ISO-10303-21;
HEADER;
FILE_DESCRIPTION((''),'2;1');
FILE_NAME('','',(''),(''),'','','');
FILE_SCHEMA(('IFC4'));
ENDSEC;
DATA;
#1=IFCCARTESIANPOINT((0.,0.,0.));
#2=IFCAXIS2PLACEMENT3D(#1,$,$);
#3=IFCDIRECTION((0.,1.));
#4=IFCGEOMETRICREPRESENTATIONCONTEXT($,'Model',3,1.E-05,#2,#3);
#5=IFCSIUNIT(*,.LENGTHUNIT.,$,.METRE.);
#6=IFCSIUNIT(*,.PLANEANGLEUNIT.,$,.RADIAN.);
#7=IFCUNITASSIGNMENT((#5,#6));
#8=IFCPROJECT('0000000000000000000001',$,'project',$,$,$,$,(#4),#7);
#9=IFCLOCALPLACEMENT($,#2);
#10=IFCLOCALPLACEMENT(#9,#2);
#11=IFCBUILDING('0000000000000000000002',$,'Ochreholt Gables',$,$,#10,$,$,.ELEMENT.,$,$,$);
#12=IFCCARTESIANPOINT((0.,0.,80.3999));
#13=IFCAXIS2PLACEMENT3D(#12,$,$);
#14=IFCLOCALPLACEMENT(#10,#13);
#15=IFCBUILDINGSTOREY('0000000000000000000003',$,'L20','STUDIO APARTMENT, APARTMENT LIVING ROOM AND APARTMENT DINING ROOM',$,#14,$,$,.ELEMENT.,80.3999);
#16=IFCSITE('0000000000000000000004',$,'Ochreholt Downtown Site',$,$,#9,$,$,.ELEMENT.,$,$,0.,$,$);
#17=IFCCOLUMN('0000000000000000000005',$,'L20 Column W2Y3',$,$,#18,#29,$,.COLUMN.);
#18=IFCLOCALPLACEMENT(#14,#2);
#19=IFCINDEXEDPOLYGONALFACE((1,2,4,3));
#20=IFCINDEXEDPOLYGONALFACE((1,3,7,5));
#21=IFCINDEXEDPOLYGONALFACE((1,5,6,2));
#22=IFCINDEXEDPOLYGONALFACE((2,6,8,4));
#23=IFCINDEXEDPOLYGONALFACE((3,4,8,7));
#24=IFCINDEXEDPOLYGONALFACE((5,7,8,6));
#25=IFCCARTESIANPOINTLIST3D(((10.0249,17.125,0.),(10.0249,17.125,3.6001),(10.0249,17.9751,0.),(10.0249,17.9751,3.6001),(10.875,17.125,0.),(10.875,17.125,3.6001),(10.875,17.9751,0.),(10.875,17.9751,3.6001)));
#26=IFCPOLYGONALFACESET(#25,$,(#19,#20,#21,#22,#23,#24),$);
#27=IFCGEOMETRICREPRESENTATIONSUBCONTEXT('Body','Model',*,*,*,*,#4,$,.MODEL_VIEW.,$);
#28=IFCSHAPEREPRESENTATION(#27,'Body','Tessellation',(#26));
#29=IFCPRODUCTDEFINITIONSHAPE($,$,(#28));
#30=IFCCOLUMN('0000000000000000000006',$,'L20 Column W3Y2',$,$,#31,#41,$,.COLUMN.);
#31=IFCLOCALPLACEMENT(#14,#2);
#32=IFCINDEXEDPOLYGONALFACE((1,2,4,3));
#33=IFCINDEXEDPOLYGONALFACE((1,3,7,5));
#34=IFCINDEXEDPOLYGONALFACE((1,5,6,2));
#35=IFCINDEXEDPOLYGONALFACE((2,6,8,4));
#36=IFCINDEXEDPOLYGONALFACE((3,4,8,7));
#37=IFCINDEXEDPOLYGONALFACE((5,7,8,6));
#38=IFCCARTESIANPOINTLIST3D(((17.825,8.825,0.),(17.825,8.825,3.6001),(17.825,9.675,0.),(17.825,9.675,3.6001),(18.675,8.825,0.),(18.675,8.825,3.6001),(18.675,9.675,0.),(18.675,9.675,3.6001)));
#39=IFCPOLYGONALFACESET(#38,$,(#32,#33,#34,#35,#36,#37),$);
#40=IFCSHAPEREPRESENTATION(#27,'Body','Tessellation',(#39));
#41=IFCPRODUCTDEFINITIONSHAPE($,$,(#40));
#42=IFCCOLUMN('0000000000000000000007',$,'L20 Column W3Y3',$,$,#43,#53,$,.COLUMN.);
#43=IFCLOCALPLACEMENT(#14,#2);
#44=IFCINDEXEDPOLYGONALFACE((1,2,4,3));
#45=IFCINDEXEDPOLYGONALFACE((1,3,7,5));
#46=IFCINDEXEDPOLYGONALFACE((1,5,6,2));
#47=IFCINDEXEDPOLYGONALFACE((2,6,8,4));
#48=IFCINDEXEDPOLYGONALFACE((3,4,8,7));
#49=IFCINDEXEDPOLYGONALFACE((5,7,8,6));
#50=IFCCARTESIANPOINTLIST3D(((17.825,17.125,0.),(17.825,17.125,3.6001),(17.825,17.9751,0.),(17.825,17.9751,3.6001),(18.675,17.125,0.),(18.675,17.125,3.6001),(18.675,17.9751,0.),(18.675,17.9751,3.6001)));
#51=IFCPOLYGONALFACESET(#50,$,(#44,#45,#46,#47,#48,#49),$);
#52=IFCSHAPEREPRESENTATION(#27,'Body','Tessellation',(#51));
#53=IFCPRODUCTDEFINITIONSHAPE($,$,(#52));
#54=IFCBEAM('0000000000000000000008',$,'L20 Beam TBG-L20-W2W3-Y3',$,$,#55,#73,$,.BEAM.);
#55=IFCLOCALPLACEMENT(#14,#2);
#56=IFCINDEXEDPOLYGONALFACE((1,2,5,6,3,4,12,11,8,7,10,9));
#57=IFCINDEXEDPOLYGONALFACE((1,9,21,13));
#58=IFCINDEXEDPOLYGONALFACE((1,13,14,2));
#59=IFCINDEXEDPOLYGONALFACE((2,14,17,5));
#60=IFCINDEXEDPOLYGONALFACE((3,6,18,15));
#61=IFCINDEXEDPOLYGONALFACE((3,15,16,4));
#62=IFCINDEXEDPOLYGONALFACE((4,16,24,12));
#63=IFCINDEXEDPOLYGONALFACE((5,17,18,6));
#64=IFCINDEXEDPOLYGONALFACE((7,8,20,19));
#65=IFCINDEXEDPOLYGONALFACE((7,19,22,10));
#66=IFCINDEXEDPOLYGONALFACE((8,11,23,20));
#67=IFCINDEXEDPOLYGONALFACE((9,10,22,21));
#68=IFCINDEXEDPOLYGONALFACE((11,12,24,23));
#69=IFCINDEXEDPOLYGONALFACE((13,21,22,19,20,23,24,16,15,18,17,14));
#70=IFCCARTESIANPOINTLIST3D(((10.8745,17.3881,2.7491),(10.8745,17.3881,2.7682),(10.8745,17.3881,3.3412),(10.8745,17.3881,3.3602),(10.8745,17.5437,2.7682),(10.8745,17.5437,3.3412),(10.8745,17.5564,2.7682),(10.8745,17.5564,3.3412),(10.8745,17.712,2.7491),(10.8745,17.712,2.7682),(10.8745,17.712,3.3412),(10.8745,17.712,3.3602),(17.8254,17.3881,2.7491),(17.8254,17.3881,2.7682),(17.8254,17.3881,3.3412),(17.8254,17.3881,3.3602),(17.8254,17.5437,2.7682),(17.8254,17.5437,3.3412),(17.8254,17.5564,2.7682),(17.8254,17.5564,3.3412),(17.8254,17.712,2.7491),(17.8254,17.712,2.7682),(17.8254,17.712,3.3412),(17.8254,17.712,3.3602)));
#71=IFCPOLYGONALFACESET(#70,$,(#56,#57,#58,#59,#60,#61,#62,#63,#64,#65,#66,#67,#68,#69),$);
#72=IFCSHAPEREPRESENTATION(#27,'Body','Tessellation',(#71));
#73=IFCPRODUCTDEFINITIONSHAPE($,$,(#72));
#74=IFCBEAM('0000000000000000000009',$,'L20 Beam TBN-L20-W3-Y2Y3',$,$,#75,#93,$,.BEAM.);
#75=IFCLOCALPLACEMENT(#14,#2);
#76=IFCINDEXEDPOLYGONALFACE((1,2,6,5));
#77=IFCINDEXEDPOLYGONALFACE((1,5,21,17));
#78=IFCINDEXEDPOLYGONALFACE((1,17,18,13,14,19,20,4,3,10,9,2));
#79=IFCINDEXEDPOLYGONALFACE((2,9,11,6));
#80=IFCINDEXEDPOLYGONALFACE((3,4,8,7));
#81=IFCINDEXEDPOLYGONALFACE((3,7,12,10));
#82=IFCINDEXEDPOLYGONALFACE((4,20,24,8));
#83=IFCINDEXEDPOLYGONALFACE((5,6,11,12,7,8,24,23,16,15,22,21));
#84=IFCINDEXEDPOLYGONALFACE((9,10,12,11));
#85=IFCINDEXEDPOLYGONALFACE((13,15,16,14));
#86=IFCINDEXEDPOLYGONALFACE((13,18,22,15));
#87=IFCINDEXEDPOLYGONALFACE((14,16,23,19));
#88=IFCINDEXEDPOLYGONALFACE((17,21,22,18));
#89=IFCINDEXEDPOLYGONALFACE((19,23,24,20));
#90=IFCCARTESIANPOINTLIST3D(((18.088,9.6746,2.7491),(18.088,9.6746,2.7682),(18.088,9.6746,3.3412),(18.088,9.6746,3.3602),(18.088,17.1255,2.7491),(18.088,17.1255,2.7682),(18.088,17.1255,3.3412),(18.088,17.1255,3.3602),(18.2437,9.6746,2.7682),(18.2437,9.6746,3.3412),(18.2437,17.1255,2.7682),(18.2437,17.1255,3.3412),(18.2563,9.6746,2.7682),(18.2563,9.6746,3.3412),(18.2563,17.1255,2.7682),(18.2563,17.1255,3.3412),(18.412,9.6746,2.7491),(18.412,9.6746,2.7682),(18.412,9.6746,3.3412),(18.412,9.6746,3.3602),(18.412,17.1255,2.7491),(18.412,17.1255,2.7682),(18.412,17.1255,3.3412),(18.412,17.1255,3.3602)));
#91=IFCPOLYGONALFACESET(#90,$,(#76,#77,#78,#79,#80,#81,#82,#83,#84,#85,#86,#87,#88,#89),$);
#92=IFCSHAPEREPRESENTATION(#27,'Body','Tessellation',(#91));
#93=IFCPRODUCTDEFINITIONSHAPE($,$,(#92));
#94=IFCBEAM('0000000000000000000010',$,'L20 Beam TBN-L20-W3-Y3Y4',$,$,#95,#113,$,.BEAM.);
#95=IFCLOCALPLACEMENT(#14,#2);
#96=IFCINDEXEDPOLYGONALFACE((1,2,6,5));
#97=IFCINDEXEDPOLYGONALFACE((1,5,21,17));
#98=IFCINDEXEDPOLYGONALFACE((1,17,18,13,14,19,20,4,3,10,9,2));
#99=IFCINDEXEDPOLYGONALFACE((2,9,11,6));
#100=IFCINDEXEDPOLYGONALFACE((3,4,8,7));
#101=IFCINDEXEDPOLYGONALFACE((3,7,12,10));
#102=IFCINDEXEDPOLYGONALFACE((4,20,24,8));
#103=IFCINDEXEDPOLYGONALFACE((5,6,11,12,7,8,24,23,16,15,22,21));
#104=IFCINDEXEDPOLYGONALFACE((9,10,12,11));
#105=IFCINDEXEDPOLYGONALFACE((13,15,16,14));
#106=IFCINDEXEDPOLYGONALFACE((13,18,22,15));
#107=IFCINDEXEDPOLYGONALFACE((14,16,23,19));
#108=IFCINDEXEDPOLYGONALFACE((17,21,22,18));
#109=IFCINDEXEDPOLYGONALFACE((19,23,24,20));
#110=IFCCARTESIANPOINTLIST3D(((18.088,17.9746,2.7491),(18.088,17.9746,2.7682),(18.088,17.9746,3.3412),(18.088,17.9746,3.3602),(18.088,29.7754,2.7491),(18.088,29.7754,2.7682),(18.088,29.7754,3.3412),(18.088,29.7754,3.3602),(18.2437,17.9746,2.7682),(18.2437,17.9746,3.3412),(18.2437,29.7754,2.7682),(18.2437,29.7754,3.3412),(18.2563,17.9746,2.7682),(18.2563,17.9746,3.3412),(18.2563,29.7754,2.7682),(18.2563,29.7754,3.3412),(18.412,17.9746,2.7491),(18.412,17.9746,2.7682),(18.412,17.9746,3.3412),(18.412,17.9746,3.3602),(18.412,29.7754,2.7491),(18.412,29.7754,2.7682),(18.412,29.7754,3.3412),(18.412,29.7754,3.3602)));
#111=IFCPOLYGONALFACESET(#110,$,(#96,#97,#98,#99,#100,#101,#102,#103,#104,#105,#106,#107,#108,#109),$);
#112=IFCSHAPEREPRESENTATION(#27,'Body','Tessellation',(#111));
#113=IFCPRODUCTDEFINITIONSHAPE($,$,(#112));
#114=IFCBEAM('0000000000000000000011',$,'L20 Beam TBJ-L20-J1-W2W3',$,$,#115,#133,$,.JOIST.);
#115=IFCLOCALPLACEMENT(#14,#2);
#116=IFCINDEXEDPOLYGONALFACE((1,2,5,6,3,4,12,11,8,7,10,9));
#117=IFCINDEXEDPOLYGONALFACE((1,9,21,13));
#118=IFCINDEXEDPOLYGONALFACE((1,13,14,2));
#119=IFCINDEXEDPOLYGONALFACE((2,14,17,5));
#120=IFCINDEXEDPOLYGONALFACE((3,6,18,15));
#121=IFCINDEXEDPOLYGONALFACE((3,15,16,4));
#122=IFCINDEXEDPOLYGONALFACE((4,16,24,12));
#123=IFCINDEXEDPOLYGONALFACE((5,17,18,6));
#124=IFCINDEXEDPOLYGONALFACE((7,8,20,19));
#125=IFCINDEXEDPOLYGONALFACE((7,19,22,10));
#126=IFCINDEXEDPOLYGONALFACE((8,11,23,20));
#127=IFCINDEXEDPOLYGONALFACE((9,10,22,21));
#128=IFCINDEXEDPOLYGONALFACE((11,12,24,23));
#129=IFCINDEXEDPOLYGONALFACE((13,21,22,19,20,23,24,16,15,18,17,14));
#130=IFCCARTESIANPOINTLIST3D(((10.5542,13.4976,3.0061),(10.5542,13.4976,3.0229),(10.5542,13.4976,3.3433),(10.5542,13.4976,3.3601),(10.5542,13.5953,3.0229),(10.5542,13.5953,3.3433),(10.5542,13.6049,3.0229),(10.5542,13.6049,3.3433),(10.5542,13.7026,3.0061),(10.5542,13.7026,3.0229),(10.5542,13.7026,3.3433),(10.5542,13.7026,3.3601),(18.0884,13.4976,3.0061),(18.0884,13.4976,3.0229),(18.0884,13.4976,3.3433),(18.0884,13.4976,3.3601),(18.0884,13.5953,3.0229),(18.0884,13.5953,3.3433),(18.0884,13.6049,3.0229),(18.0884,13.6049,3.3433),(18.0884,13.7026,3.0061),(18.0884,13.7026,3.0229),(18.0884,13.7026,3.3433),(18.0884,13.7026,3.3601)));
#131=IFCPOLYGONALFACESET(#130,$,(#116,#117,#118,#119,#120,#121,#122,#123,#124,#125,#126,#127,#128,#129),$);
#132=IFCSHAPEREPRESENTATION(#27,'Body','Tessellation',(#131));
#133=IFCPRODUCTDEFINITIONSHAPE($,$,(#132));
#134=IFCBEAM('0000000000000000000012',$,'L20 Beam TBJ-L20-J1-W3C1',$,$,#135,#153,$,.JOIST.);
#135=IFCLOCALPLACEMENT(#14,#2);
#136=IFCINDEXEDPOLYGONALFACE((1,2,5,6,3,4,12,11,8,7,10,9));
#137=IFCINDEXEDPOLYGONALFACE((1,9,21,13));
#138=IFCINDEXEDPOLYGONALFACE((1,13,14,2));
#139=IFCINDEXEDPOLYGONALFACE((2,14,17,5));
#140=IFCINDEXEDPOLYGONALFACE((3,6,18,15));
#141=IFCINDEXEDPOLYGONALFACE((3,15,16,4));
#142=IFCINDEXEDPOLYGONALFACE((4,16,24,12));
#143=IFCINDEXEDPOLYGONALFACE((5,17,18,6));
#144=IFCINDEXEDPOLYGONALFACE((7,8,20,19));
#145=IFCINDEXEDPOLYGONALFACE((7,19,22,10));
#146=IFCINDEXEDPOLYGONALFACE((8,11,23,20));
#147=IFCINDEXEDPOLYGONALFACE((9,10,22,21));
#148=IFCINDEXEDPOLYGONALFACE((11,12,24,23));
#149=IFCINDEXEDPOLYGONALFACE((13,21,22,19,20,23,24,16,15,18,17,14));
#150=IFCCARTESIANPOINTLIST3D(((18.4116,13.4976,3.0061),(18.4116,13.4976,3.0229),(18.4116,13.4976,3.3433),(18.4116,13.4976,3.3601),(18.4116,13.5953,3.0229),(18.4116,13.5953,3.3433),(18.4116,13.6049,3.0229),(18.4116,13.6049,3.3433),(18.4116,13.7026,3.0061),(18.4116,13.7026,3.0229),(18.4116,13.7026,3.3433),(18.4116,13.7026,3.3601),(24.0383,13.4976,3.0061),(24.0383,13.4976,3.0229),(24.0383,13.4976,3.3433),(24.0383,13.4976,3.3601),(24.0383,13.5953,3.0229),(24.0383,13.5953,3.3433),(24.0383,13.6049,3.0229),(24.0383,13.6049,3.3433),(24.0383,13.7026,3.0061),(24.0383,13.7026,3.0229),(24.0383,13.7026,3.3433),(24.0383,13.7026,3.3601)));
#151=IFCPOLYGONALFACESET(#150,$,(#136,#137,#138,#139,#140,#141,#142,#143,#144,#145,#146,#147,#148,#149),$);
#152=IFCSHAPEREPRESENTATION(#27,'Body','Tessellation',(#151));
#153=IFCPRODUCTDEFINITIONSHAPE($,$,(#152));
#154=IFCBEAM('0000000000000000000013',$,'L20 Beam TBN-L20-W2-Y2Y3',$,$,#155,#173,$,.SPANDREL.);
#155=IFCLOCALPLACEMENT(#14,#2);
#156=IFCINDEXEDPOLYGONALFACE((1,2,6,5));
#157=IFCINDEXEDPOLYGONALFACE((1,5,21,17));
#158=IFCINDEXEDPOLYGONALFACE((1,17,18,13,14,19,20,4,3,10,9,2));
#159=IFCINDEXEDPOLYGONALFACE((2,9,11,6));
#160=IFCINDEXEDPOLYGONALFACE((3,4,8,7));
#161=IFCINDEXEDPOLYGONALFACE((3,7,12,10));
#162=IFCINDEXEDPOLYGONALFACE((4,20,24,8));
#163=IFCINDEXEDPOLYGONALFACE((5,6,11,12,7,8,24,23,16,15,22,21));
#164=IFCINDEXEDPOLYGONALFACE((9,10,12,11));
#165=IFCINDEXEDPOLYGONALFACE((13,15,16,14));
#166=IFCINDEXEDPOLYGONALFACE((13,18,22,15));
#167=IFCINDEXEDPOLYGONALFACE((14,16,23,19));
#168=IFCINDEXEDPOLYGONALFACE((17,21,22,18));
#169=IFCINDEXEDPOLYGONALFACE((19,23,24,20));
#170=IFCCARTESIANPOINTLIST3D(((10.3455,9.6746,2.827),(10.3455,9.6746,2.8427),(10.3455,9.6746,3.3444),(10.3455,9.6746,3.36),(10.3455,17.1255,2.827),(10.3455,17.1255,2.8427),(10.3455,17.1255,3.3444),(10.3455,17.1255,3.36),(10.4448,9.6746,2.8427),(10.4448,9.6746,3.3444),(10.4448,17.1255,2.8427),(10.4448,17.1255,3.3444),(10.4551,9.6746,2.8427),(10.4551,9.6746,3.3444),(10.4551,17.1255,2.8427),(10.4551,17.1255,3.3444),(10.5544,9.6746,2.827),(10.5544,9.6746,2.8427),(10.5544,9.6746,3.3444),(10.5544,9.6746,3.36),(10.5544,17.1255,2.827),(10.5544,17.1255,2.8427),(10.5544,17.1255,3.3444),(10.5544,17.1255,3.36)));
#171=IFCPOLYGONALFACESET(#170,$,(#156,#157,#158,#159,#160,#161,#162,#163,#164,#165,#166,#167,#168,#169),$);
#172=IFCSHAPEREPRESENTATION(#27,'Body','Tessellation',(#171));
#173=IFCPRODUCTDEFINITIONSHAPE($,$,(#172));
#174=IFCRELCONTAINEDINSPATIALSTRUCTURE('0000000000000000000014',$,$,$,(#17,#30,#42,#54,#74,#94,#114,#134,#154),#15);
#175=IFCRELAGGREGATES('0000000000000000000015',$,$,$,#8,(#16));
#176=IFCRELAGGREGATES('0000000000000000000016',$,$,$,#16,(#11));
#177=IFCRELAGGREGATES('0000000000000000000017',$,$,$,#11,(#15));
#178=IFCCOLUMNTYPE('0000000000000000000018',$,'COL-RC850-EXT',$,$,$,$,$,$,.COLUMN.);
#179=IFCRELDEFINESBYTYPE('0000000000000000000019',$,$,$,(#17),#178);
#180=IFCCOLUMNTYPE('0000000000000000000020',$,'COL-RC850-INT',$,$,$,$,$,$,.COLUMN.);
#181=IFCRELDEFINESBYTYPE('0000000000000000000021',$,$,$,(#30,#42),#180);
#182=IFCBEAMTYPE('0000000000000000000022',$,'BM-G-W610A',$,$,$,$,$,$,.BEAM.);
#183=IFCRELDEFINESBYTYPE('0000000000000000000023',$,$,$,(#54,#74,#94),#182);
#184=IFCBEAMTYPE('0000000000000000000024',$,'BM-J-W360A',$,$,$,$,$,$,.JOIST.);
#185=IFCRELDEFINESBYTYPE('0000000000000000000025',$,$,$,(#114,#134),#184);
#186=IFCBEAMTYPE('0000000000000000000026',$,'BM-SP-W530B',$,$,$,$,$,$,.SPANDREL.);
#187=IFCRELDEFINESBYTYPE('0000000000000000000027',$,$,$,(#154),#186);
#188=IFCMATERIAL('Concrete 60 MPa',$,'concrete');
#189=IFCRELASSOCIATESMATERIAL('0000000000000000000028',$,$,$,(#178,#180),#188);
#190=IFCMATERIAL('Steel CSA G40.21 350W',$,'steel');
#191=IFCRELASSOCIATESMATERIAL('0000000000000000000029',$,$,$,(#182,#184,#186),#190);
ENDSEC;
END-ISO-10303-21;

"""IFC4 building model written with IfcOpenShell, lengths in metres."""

from ifc_helpers import new_model, si_unit, direction, frame, origin, origin_2d, place, context, subcontext, project, spatial, rectangle, i_section, extrude, material, material_profile, profile_set, type_object, element, save


model = new_model("IFC4")

# Units and contexts
model_context = context("Model", 3, precision=1e-05, world=origin(), true_north=direction((0.0, 1.0)))
body_context = subcontext(model_context, "Body", "Model", "MODEL_VIEW")
ifc_project = project(units=[si_unit("LENGTHUNIT", "METRE"), si_unit("PLANEANGLEUNIT", "RADIAN")], contexts=[model_context])

# Site, building, storey
site_placement = place(None, origin())
site = spatial("IfcSite", under=ifc_project, at=site_placement, Name="Ochreholt Downtown Site", CompositionType="ELEMENT", RefElevation=0.0)
building_placement = place(site_placement, origin())
building = spatial("IfcBuilding", under=site, at=building_placement, Name="Ochreholt Gables", CompositionType="ELEMENT")
storey_placement = place(building_placement, frame((0.0, 0.0, 80.3999)))
storey = spatial("IfcBuildingStorey", under=building, at=storey_placement, Name="L20", Description="STUDIO APARTMENT, APARTMENT LIVING ROOM AND APARTMENT DINING ROOM", CompositionType="ELEMENT", Elevation=80.3999)

# Columns
ifc_material_1 = material(Name="Concrete 60 MPa", Category="concrete")
ifc_material_profile_1 = material_profile(ifc_material_1, rectangle(XDim=0.8501, YDim=0.8501, at=origin_2d()), Name="RC850X850")
ifc_profile_set_1 = profile_set([ifc_material_profile_1], Name="Concrete 60 MPa")
column_type_1 = type_object("IfcColumnType", Name="COL-RC850-EXT", PredefinedType="COLUMN", material=ifc_profile_set_1)
column_placement = place(storey_placement, frame((10.45, 17.55, 0.0), z_axis=(0.0, 0.0, 1.0), x_axis=(1.0, 0.0, 0.0)))
element("IfcColumn", 1, at=column_placement, inside=storey, type_object=column_type_1, Name="L20 Column W2Y3", PredefinedType="COLUMN", context=body_context, shape_type="SweptSolid", body=[
    extrude(rectangle(XDim=0.8501, YDim=0.8501, at=origin_2d()), origin(), (0.0, 0.0, 1.0), 3.6001),
])
ifc_material_profile_2 = material_profile(ifc_material_1, rectangle(XDim=0.8501, YDim=0.8501, at=origin_2d()), Name="RC850X850")
ifc_profile_set_2 = profile_set([ifc_material_profile_2], Name="Concrete 60 MPa")
column_type_2 = type_object("IfcColumnType", Name="COL-RC850-INT", PredefinedType="COLUMN", material=ifc_profile_set_2)
for number, where, z_axis, x_axis, name in (
    (2, (18.25, 9.25, 0.0), (0.0, 0.0, 1.0), (1.0, 0.0, 0.0), "L20 Column W3Y2"),
    (3, (18.25, 17.55, 0.0), (0.0, 0.0, 1.0), (1.0, 0.0, 0.0), "L20 Column W3Y3"),
):
    element("IfcColumn", number, at=place(storey_placement, frame(where, z_axis=z_axis, x_axis=x_axis)), inside=storey, type_object=column_type_2, Name=name, PredefinedType="COLUMN", context=body_context, shape_type="SweptSolid", body=[
        extrude(rectangle(XDim=0.8501, YDim=0.8501, at=origin_2d()), origin(), (0.0, 0.0, 1.0), 3.6001),
    ])

# Beams
ifc_material_2 = material(Name="Steel CSA G40.21 350W", Category="steel")
ifc_material_profile_3 = material_profile(ifc_material_2, i_section(OverallWidth=0.324, OverallDepth=0.6111, WebThickness=0.0127, FlangeThickness=0.019, at=origin_2d()), Name="W610X155")
ifc_profile_set_3 = profile_set([ifc_material_profile_3], Name="Steel CSA G40.21 350W")
beam_type_1 = type_object("IfcBeamType", Name="BM-G-W610A", PredefinedType="BEAM", material=ifc_profile_set_3)
beam_1_placement = place(storey_placement, frame((10.8745, 17.55, 3.0547), z_axis=(1.0, 0.0, 0.0), x_axis=(0.0, 1.0, 0.0)))
element("IfcBeam", 4, at=beam_1_placement, inside=storey, type_object=beam_type_1, Name="L20 Beam TBG-L20-W2W3-Y3", PredefinedType="BEAM", context=body_context, shape_type="SweptSolid", body=[
    extrude(i_section(OverallWidth=0.324, OverallDepth=0.6111, WebThickness=0.0127, FlangeThickness=0.019, at=origin_2d()), origin(), (0.0, 0.0, 1.0), 6.9509),
])
beam_2_placement = place(storey_placement, frame((18.25, 9.6746, 3.0547), z_axis=(0.0, 1.0, 0.0), x_axis=(-1.0, 0.0, 0.0)))
element("IfcBeam", 5, at=beam_2_placement, inside=storey, type_object=beam_type_1, Name="L20 Beam TBN-L20-W3-Y2Y3", PredefinedType="BEAM", context=body_context, shape_type="SweptSolid", body=[
    extrude(i_section(OverallWidth=0.324, OverallDepth=0.6111, WebThickness=0.0127, FlangeThickness=0.019, at=origin_2d()), origin(), (0.0, 0.0, 1.0), 7.4509),
])
beam_3_placement = place(storey_placement, frame((18.25, 17.9746, 3.0547), z_axis=(0.0, 1.0, 0.0), x_axis=(-1.0, 0.0, 0.0)))
element("IfcBeam", 6, at=beam_3_placement, inside=storey, type_object=beam_type_1, Name="L20 Beam TBN-L20-W3-Y3Y4", PredefinedType="BEAM", context=body_context, shape_type="SweptSolid", body=[
    extrude(i_section(OverallWidth=0.324, OverallDepth=0.6111, WebThickness=0.0127, FlangeThickness=0.019, at=origin_2d()), origin(), (0.0, 0.0, 1.0), 11.8008),
])
ifc_material_profile_4 = material_profile(ifc_material_2, i_section(OverallWidth=0.2051, OverallDepth=0.354, WebThickness=0.0095, FlangeThickness=0.0168, at=origin_2d()), Name="W360X79")
ifc_profile_set_4 = profile_set([ifc_material_profile_4], Name="Steel CSA G40.21 350W")
beam_type_2 = type_object("IfcBeamType", Name="BM-J-W360A", PredefinedType="JOIST", material=ifc_profile_set_4)
beam_4_placement = place(storey_placement, frame((10.5542, 13.6001, 3.1831), z_axis=(1.0, 0.0, 0.0), x_axis=(0.0, 1.0, 0.0)))
element("IfcBeam", 7, at=beam_4_placement, inside=storey, type_object=beam_type_2, Name="L20 Beam TBJ-L20-J1-W2W3", PredefinedType="JOIST", context=body_context, shape_type="SweptSolid", body=[
    extrude(i_section(OverallWidth=0.2051, OverallDepth=0.354, WebThickness=0.0095, FlangeThickness=0.0168, at=origin_2d()), origin(), (0.0, 0.0, 1.0), 7.5342),
])
beam_5_placement = place(storey_placement, frame((18.4116, 13.6001, 3.1831), z_axis=(1.0, 0.0, 0.0), x_axis=(0.0, 1.0, 0.0)))
element("IfcBeam", 8, at=beam_5_placement, inside=storey, type_object=beam_type_2, Name="L20 Beam TBJ-L20-J1-W3C1", PredefinedType="JOIST", context=body_context, shape_type="SweptSolid", body=[
    extrude(i_section(OverallWidth=0.2051, OverallDepth=0.354, WebThickness=0.0095, FlangeThickness=0.0168, at=origin_2d()), origin(), (0.0, 0.0, 1.0), 5.6267),
])
ifc_material_profile_5 = material_profile(ifc_material_2, i_section(OverallWidth=0.209, OverallDepth=0.533, WebThickness=0.0103, FlangeThickness=0.0156, at=origin_2d()), Name="W530X92")
ifc_profile_set_5 = profile_set([ifc_material_profile_5], Name="Steel CSA G40.21 350W")
beam_type_3 = type_object("IfcBeamType", Name="BM-SP-W530B", PredefinedType="SPANDREL", material=ifc_profile_set_5)
beam_6_placement = place(storey_placement, frame((10.45, 9.6746, 3.0935), z_axis=(0.0, 1.0, 0.0), x_axis=(-1.0, 0.0, 0.0)))
element("IfcBeam", 9, at=beam_6_placement, inside=storey, type_object=beam_type_3, Name="L20 Beam TBN-L20-W2-Y2Y3", PredefinedType="SPANDREL", context=body_context, shape_type="SweptSolid", body=[
    extrude(i_section(OverallWidth=0.209, OverallDepth=0.533, WebThickness=0.0103, FlangeThickness=0.0156, at=origin_2d()), origin(), (0.0, 0.0, 1.0), 7.4509),
])

save(model, "model.ifc")
